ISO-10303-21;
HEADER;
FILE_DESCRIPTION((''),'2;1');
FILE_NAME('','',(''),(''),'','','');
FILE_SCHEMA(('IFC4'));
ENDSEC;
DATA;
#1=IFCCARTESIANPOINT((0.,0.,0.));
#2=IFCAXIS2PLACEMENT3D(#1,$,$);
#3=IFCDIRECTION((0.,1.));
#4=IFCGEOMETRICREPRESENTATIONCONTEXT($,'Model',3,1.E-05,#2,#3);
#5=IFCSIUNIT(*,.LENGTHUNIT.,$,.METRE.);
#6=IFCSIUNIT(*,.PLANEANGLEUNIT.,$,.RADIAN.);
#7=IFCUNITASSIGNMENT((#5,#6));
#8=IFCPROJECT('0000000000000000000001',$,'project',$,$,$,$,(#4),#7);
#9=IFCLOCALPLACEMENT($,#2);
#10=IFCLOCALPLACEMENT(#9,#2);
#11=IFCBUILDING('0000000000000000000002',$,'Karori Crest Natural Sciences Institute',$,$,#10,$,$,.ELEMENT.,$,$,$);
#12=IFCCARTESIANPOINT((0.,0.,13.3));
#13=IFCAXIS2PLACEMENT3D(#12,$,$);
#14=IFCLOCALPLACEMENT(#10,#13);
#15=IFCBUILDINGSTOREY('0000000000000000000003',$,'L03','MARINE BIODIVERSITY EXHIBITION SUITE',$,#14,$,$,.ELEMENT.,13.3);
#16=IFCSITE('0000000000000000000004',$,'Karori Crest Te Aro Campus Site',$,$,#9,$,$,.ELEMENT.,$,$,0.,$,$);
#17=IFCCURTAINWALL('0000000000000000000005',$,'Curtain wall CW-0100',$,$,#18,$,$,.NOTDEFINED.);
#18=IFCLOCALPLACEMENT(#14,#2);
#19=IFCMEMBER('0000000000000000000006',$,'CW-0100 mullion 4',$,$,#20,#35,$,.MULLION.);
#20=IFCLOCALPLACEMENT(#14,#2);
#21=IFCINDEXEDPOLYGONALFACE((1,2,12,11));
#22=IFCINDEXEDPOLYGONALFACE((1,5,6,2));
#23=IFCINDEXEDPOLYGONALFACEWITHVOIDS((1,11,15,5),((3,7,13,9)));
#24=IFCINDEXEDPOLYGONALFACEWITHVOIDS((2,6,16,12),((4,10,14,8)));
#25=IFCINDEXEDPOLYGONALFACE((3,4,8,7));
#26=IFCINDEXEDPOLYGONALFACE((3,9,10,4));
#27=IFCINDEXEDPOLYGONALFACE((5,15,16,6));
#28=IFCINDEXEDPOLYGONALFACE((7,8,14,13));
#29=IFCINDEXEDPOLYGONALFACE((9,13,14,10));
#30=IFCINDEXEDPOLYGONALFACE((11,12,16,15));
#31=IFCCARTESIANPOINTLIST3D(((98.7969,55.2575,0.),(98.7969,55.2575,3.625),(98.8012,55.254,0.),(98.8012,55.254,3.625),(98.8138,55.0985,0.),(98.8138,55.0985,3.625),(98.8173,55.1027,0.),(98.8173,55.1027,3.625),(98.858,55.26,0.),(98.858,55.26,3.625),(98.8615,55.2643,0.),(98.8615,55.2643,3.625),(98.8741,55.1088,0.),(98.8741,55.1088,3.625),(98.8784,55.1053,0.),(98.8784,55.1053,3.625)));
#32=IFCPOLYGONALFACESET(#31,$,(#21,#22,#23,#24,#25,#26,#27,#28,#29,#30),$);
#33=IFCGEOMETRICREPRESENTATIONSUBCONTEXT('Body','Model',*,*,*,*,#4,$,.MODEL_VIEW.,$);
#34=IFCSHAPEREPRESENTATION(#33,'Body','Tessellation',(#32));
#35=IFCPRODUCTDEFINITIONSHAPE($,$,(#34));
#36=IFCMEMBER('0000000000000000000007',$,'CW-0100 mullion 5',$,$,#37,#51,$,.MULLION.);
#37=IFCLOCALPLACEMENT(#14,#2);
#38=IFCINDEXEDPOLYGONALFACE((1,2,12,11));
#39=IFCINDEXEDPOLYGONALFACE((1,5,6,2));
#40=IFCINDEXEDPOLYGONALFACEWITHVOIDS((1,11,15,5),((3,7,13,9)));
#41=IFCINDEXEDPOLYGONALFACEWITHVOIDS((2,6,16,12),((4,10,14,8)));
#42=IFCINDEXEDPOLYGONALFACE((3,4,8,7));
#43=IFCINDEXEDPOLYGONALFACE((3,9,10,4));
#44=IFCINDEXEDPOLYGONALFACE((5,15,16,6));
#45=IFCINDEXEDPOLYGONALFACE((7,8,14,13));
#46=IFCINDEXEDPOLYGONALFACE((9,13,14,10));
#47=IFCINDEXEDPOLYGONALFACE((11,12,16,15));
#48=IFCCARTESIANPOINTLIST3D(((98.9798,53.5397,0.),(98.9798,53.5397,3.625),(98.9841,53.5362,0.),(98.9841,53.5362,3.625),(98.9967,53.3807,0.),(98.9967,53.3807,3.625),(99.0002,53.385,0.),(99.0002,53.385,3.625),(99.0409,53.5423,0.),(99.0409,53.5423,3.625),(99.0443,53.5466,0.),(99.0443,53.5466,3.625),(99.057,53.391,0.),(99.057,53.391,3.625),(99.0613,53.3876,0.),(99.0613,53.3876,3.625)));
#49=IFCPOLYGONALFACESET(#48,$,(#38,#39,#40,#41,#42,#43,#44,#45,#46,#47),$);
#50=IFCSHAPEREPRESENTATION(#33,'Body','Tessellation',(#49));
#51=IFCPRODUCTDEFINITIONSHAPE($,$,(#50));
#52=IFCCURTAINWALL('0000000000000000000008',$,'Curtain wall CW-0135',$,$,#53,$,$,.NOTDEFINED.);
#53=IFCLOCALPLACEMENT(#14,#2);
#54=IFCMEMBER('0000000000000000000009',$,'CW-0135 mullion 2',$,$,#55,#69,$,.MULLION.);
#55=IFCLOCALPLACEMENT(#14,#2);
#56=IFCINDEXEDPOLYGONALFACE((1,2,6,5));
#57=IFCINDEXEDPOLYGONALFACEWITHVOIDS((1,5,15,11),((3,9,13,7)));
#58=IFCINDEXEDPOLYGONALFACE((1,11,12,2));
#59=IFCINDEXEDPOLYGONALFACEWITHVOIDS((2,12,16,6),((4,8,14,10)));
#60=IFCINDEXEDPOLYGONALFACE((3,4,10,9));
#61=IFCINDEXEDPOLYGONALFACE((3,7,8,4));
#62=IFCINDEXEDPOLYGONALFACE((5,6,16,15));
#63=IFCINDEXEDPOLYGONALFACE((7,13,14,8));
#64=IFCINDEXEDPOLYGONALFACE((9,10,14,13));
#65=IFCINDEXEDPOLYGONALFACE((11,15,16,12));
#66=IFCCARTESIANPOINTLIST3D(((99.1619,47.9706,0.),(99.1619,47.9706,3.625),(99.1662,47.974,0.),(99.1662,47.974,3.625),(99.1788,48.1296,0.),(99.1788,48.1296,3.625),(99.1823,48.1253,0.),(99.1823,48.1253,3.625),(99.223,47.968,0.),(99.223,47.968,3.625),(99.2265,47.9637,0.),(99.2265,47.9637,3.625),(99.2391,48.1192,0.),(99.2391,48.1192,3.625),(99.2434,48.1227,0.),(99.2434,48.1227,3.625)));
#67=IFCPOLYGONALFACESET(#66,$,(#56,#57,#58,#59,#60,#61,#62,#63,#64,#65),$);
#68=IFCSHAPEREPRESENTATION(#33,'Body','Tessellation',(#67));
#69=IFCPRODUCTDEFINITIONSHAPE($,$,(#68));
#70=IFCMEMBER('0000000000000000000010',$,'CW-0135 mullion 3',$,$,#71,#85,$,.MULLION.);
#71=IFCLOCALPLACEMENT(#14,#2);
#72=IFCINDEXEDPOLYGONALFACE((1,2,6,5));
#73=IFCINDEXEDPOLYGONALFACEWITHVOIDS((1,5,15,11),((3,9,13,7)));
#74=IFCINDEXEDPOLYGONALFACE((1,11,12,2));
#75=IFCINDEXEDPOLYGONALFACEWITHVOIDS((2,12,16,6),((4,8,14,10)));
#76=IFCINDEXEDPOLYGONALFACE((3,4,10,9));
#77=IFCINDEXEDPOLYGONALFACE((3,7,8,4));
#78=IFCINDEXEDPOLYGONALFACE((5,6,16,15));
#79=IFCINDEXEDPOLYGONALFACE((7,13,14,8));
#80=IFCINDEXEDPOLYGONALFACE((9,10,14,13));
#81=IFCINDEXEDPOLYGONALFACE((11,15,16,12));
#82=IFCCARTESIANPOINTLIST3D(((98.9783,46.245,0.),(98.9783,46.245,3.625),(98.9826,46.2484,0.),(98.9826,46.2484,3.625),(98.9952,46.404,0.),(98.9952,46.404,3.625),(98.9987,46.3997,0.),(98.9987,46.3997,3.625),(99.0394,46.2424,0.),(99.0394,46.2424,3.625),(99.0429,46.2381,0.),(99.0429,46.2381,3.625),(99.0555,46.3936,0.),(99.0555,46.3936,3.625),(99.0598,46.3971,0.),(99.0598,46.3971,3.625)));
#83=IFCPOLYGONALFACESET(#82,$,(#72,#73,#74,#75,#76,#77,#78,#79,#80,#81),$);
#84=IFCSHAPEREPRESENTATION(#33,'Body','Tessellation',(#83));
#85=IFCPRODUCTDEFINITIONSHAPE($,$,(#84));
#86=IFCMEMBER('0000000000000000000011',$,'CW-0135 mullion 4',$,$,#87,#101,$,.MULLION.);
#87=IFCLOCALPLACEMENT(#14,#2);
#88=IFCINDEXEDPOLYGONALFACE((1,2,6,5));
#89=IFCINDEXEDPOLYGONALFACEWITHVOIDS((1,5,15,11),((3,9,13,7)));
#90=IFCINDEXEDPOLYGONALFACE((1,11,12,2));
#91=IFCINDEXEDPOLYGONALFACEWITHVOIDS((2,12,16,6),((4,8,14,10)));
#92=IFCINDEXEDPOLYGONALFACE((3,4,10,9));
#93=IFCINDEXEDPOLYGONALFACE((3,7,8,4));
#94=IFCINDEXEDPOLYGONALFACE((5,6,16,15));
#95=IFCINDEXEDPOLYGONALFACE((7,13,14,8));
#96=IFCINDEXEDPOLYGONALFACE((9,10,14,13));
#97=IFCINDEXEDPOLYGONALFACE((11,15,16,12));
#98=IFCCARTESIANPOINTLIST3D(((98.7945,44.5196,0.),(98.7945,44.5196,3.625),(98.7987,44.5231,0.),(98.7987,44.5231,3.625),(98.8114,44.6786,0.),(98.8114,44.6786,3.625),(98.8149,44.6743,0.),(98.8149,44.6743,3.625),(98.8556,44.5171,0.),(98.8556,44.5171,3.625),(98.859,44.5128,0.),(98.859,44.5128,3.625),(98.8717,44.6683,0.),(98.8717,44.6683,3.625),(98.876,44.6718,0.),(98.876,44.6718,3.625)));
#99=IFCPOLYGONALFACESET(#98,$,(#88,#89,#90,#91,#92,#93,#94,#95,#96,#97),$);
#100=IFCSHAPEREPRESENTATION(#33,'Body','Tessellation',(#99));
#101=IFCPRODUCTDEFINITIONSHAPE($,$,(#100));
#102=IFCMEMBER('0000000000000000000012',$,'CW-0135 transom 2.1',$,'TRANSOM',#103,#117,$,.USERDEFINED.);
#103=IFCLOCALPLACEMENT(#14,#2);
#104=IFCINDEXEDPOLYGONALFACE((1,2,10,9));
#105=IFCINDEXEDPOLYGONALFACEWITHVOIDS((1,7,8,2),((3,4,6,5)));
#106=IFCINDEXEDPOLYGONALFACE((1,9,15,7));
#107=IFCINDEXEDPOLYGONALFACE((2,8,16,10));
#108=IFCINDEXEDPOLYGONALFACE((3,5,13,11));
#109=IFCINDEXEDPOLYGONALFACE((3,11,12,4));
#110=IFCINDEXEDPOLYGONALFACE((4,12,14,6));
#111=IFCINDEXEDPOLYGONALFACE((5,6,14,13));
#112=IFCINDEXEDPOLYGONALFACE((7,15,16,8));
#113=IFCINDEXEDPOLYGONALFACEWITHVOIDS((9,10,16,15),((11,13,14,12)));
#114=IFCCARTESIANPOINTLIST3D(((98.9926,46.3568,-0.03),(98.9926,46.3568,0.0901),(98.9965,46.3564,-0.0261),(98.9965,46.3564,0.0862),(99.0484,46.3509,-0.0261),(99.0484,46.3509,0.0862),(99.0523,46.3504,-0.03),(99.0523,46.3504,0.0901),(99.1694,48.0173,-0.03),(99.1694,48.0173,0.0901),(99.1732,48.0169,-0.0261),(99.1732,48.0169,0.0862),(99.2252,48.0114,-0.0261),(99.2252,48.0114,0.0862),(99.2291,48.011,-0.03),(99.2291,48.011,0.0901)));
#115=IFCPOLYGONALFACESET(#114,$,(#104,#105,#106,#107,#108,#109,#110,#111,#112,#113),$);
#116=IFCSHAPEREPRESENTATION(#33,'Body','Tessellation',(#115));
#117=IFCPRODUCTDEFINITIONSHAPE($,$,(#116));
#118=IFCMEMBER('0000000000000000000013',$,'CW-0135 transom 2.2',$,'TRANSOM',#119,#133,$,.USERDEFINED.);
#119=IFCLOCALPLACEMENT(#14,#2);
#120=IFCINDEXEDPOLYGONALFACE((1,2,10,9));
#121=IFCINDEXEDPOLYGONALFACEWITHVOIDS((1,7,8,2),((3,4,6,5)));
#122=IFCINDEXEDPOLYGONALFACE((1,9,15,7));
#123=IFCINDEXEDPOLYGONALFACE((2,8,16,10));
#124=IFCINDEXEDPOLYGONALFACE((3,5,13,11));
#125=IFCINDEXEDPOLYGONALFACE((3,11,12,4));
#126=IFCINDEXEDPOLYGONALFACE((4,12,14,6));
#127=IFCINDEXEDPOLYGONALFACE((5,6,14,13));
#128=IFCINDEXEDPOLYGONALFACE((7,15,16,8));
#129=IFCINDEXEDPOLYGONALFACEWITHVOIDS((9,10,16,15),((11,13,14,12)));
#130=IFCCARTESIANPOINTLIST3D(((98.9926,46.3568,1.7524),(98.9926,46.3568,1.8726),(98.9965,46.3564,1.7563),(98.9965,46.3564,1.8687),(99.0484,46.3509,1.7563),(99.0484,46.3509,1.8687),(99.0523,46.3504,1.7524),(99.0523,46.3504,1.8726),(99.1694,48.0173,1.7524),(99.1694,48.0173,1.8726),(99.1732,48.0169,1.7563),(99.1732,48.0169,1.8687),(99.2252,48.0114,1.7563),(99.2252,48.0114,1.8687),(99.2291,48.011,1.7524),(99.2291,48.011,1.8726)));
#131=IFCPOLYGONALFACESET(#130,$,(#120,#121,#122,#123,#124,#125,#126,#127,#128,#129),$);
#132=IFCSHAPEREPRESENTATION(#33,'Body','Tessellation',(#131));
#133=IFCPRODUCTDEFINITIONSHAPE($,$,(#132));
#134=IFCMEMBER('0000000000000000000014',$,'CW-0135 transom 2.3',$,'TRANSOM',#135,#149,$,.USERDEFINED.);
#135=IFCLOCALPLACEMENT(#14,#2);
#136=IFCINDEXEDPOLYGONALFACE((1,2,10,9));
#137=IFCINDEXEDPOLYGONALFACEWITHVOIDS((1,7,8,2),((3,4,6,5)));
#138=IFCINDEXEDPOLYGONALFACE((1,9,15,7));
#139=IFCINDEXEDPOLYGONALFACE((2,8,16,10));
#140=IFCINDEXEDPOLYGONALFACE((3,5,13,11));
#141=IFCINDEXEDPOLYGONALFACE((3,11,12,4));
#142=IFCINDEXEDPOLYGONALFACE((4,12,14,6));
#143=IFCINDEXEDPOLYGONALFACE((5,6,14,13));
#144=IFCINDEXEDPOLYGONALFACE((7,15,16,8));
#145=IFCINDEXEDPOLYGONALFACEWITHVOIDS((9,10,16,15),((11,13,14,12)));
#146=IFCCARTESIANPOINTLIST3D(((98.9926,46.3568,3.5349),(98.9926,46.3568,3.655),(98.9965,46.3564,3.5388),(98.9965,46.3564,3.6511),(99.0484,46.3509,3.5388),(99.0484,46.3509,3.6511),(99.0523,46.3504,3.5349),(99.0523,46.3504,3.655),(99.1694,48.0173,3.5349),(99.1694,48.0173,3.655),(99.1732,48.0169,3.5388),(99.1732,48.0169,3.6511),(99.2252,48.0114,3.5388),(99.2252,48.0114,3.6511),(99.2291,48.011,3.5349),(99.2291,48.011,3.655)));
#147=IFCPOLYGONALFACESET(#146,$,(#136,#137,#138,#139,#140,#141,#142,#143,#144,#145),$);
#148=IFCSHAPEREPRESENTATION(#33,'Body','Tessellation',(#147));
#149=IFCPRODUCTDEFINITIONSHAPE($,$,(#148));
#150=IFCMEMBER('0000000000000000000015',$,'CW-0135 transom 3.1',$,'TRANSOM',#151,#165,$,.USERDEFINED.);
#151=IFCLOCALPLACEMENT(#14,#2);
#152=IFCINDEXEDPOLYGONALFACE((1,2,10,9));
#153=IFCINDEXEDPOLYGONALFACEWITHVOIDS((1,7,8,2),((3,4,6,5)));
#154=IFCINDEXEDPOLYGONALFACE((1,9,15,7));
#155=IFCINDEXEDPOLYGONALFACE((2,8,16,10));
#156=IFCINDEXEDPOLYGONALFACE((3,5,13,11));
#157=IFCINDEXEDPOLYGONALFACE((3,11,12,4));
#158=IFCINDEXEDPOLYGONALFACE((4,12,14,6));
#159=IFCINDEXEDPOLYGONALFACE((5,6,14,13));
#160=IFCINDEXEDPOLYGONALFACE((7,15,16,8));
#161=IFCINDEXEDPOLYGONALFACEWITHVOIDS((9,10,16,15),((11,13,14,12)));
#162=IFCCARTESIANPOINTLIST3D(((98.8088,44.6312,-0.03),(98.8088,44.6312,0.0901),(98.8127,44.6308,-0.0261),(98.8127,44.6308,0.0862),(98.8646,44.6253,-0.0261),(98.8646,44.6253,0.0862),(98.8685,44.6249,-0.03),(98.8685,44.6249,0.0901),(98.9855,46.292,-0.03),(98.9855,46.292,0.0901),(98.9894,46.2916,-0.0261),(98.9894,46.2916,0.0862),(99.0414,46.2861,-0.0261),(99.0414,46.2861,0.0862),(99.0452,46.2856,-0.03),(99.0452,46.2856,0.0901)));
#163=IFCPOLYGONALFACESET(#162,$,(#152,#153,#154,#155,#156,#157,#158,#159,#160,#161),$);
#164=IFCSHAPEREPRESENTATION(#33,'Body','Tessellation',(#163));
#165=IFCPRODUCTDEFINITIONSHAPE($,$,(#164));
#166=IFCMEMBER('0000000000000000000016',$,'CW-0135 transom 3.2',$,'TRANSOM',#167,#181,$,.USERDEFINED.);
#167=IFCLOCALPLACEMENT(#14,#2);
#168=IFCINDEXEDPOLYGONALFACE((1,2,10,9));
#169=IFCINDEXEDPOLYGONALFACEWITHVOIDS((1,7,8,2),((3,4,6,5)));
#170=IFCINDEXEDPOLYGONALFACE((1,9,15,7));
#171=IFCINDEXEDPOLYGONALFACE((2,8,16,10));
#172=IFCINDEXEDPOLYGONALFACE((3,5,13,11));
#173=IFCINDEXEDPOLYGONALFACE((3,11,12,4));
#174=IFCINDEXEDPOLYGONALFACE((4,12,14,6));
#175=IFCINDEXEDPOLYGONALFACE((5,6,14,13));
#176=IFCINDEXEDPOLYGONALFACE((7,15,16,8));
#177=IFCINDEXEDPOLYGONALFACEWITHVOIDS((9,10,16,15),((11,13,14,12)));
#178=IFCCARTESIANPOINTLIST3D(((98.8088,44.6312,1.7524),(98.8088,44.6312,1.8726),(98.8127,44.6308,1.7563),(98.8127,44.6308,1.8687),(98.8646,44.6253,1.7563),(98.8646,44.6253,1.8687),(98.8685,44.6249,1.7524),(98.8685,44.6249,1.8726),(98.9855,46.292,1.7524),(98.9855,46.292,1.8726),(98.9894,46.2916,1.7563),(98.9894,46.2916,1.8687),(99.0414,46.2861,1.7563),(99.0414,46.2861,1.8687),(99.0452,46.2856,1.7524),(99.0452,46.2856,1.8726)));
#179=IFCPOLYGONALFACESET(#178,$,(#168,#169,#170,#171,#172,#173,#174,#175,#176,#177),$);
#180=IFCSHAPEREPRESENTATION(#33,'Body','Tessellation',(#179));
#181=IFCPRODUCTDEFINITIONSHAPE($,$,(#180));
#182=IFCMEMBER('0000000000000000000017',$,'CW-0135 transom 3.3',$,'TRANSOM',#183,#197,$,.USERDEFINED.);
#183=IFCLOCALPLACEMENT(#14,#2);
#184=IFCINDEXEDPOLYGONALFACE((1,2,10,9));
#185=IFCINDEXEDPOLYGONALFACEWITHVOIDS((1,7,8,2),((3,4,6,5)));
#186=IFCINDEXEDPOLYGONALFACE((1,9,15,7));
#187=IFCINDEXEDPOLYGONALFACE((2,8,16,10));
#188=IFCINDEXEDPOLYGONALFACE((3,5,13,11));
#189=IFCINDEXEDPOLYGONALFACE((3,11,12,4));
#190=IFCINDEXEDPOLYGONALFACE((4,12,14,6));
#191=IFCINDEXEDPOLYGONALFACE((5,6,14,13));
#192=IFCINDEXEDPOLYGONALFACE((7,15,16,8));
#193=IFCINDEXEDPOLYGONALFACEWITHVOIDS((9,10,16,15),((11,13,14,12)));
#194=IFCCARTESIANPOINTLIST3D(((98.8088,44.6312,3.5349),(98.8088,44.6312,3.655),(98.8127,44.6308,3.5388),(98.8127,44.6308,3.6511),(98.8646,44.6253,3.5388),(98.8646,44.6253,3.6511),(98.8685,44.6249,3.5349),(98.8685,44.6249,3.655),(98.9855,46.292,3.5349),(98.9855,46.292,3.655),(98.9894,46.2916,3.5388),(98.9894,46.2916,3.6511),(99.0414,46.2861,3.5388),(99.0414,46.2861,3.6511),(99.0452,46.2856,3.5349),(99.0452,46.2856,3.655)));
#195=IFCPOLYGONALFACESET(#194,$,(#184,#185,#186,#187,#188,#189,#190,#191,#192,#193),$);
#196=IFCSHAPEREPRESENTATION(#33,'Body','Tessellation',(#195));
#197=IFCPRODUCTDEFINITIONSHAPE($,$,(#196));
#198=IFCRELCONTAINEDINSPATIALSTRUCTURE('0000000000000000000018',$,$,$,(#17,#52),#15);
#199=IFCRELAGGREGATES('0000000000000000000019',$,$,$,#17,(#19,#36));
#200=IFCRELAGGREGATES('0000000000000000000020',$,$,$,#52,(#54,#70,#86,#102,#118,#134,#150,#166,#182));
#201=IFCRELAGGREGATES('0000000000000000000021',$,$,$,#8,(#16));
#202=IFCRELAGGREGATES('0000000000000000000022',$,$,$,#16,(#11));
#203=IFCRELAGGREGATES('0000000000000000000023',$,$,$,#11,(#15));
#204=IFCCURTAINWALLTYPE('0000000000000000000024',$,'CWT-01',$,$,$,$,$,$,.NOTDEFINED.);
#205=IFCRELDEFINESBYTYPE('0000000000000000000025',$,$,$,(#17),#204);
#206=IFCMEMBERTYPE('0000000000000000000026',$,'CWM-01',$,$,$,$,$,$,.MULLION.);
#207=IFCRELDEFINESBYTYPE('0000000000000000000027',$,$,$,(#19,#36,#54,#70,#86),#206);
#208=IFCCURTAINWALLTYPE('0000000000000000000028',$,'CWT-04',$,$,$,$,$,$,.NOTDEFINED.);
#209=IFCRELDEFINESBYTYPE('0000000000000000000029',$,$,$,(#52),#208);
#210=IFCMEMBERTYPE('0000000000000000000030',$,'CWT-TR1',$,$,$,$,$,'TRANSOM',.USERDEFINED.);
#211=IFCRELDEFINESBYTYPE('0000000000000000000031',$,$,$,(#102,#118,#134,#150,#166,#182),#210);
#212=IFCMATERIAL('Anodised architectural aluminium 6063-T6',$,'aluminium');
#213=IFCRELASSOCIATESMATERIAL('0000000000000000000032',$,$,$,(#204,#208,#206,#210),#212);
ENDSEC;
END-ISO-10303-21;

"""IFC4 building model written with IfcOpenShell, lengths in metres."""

from ifc_helpers import new_model, si_unit, direction, frame, origin, origin_2d, place, context, subcontext, project, spatial, hollow_rectangle, extrude, material, material_profile, profile_set, type_object, element, aggregate, save


model = new_model("IFC4")

# Units and contexts
model_context = context("Model", 3, precision=1e-05, world=origin(), true_north=direction((0.0, 1.0)))
body_context = subcontext(model_context, "Body", "Model", "MODEL_VIEW")
ifc_project = project(units=[si_unit("LENGTHUNIT", "METRE"), si_unit("PLANEANGLEUNIT", "RADIAN")], contexts=[model_context])

# Site, building, storey
site_placement = place(None, origin())
site = spatial("IfcSite", under=ifc_project, at=site_placement, Name="Karori Crest Te Aro Campus Site", CompositionType="ELEMENT", RefElevation=0.0)
building_placement = place(site_placement, origin())
building = spatial("IfcBuilding", under=site, at=building_placement, Name="Karori Crest Natural Sciences Institute", CompositionType="ELEMENT")
storey_placement = place(building_placement, frame((0.0, 0.0, 13.3)))
storey = spatial("IfcBuildingStorey", under=building, at=storey_placement, Name="L03", Description="MARINE BIODIVERSITY EXHIBITION SUITE", CompositionType="ELEMENT", Elevation=13.3)

# Curtain walls, members
ifc_material_1 = material(Name="Anodised architectural aluminium 6063-T6", Category="aluminium")
curtain_wall_type_1 = type_object("IfcCurtainWallType", Name="CWT-01", PredefinedType="NOTDEFINED", material=ifc_material_1)
curtain_wall_1_placement = place(storey_placement, origin())
curtain_wall_1 = element("IfcCurtainWall", 1, at=curtain_wall_1_placement, inside=storey, type_object=curtain_wall_type_1, Name="Curtain wall CW-0100", PredefinedType="NOTDEFINED")
ifc_material_profile_1 = material_profile(ifc_material_1, hollow_rectangle(XDim=0.0649, YDim=0.1599, WallThickness=0.0039, at=origin_2d()), Name="CWM160x65x4")
ifc_profile_set_1 = profile_set([ifc_material_profile_1], Name="Anodised architectural aluminium 6063-T6")
member_type_1 = type_object("IfcMemberType", Name="CWM-01", PredefinedType="MULLION", material=ifc_profile_set_1)
member_1_placement = place(storey_placement, frame((98.8376, 55.1814, 0.0), z_axis=(0.0, 0.0, 1.0), x_axis=(0.994378, 0.105884, 0.0)))
member_1 = element("IfcMember", 2, at=member_1_placement, type_object=member_type_1, Name="CW-0100 mullion 4", PredefinedType="MULLION", context=body_context, shape_type="SweptSolid", body=[
    extrude(hollow_rectangle(XDim=0.0649, YDim=0.1599, WallThickness=0.0039, at=origin_2d()), origin(), (0.0, 0.0, 1.0), 3.625),
])
member_2_placement = place(storey_placement, frame((99.0205, 53.4636, 0.0), z_axis=(0.0, 0.0, 1.0), x_axis=(0.994378, 0.105884, 0.0)))
member_2 = element("IfcMember", 3, at=member_2_placement, type_object=member_type_1, Name="CW-0100 mullion 5", PredefinedType="MULLION", context=body_context, shape_type="SweptSolid", body=[
    extrude(hollow_rectangle(XDim=0.0649, YDim=0.1599, WallThickness=0.0039, at=origin_2d()), origin(), (0.0, 0.0, 1.0), 3.625),
])
curtain_wall_type_2 = type_object("IfcCurtainWallType", Name="CWT-04", PredefinedType="NOTDEFINED", material=ifc_material_1)
curtain_wall_2_placement = place(storey_placement, origin())
curtain_wall_2 = element("IfcCurtainWall", 4, at=curtain_wall_2_placement, inside=storey, type_object=curtain_wall_type_2, Name="Curtain wall CW-0135", PredefinedType="NOTDEFINED")
member_3_placement = place(storey_placement, frame((99.2026, 48.0466, 0.0), z_axis=(0.0, 0.0, 1.0), x_axis=(0.994378, -0.105886, 0.0)))
member_3 = element("IfcMember", 5, at=member_3_placement, type_object=member_type_1, Name="CW-0135 mullion 2", PredefinedType="MULLION", context=body_context, shape_type="SweptSolid", body=[
    extrude(hollow_rectangle(XDim=0.0649, YDim=0.1599, WallThickness=0.0039, at=origin_2d()), origin(), (0.0, 0.0, 1.0), 3.625),
])
member_4_placement = place(storey_placement, frame((99.019, 46.321, 0.0), z_axis=(0.0, 0.0, 1.0), x_axis=(0.994378, -0.105886, 0.0)))
member_4 = element("IfcMember", 6, at=member_4_placement, type_object=member_type_1, Name="CW-0135 mullion 3", PredefinedType="MULLION", context=body_context, shape_type="SweptSolid", body=[
    extrude(hollow_rectangle(XDim=0.0649, YDim=0.1599, WallThickness=0.0039, at=origin_2d()), origin(), (0.0, 0.0, 1.0), 3.625),
])
member_5_placement = place(storey_placement, frame((98.8352, 44.5957, 0.0), z_axis=(0.0, 0.0, 1.0), x_axis=(0.994378, -0.105886, 0.0)))
member_5 = element("IfcMember", 7, at=member_5_placement, type_object=member_type_1, Name="CW-0135 mullion 4", PredefinedType="MULLION", context=body_context, shape_type="SweptSolid", body=[
    extrude(hollow_rectangle(XDim=0.0649, YDim=0.1599, WallThickness=0.0039, at=origin_2d()), origin(), (0.0, 0.0, 1.0), 3.625),
])
ifc_material_profile_2 = material_profile(ifc_material_1, hollow_rectangle(XDim=0.0601, YDim=0.1201, WallThickness=0.0039, at=origin_2d()), Name="CWT120x60x4")
ifc_profile_set_2 = profile_set([ifc_material_profile_2], Name="Anodised architectural aluminium 6063-T6")
member_type_2 = type_object("IfcMemberType", Name="CWT-TR1", ElementType="TRANSOM", PredefinedType="USERDEFINED", material=ifc_profile_set_2)
member_6_placement = place(storey_placement, frame((99.1992, 48.0142, 0.03), z_axis=(-0.105841, -0.994383, 0.0), x_axis=(0.994383, -0.105841, 0.0)))
member_6 = element("IfcMember", 8, at=member_6_placement, type_object=member_type_2, Name="CW-0135 transom 2.1", ObjectType="TRANSOM", PredefinedType="USERDEFINED", context=body_context, shape_type="SweptSolid", body=[
    extrude(hollow_rectangle(XDim=0.0601, YDim=0.1201, WallThickness=0.0039, at=origin_2d()), origin(), (0.0, 0.0, 1.0), 1.6699),
])
member_7_placement = place(storey_placement, frame((99.1992, 48.0142, 1.8125), z_axis=(-0.105841, -0.994383, 0.0), x_axis=(0.994383, -0.105841, 0.0)))
member_7 = element("IfcMember", 9, at=member_7_placement, type_object=member_type_2, Name="CW-0135 transom 2.2", ObjectType="TRANSOM", PredefinedType="USERDEFINED", context=body_context, shape_type="SweptSolid", body=[
    extrude(hollow_rectangle(XDim=0.0601, YDim=0.1201, WallThickness=0.0039, at=origin_2d()), origin(), (0.0, 0.0, 1.0), 1.6699),
])
member_8_placement = place(storey_placement, frame((99.1992, 48.0142, 3.595), z_axis=(-0.105841, -0.994383, 0.0), x_axis=(0.994383, -0.105841, 0.0)))
member_8 = element("IfcMember", 10, at=member_8_placement, type_object=member_type_2, Name="CW-0135 transom 2.3", ObjectType="TRANSOM", PredefinedType="USERDEFINED", context=body_context, shape_type="SweptSolid", body=[
    extrude(hollow_rectangle(XDim=0.0601, YDim=0.1201, WallThickness=0.0039, at=origin_2d()), origin(), (0.0, 0.0, 1.0), 1.6699),
])
member_9_placement = place(storey_placement, frame((99.0154, 46.2888, 0.03), z_axis=(-0.105826, -0.994385, 0.0), x_axis=(0.994385, -0.105826, 0.0)))
member_9 = element("IfcMember", 11, at=member_9_placement, type_object=member_type_2, Name="CW-0135 transom 3.1", ObjectType="TRANSOM", PredefinedType="USERDEFINED", context=body_context, shape_type="SweptSolid", body=[
    extrude(hollow_rectangle(XDim=0.0601, YDim=0.1201, WallThickness=0.0039, at=origin_2d()), origin(), (0.0, 0.0, 1.0), 1.6702),
])
member_10_placement = place(storey_placement, frame((99.0154, 46.2888, 1.8125), z_axis=(-0.105826, -0.994385, 0.0), x_axis=(0.994385, -0.105826, 0.0)))
member_10 = element("IfcMember", 12, at=member_10_placement, type_object=member_type_2, Name="CW-0135 transom 3.2", ObjectType="TRANSOM", PredefinedType="USERDEFINED", context=body_context, shape_type="SweptSolid", body=[
    extrude(hollow_rectangle(XDim=0.0601, YDim=0.1201, WallThickness=0.0039, at=origin_2d()), origin(), (0.0, 0.0, 1.0), 1.6702),
])
member_11_placement = place(storey_placement, frame((99.0154, 46.2888, 3.595), z_axis=(-0.105826, -0.994385, 0.0), x_axis=(0.994385, -0.105826, 0.0)))
member_11 = element("IfcMember", 13, at=member_11_placement, type_object=member_type_2, Name="CW-0135 transom 3.3", ObjectType="TRANSOM", PredefinedType="USERDEFINED", context=body_context, shape_type="SweptSolid", body=[
    extrude(hollow_rectangle(XDim=0.0601, YDim=0.1201, WallThickness=0.0039, at=origin_2d()), origin(), (0.0, 0.0, 1.0), 1.6702),
])

aggregate(curtain_wall_1, [member_1, member_2])
aggregate(curtain_wall_2, [member_3, member_4, member_5, member_6, member_7, member_8, member_9, member_10, member_11])

save(model, "model.ifc")
